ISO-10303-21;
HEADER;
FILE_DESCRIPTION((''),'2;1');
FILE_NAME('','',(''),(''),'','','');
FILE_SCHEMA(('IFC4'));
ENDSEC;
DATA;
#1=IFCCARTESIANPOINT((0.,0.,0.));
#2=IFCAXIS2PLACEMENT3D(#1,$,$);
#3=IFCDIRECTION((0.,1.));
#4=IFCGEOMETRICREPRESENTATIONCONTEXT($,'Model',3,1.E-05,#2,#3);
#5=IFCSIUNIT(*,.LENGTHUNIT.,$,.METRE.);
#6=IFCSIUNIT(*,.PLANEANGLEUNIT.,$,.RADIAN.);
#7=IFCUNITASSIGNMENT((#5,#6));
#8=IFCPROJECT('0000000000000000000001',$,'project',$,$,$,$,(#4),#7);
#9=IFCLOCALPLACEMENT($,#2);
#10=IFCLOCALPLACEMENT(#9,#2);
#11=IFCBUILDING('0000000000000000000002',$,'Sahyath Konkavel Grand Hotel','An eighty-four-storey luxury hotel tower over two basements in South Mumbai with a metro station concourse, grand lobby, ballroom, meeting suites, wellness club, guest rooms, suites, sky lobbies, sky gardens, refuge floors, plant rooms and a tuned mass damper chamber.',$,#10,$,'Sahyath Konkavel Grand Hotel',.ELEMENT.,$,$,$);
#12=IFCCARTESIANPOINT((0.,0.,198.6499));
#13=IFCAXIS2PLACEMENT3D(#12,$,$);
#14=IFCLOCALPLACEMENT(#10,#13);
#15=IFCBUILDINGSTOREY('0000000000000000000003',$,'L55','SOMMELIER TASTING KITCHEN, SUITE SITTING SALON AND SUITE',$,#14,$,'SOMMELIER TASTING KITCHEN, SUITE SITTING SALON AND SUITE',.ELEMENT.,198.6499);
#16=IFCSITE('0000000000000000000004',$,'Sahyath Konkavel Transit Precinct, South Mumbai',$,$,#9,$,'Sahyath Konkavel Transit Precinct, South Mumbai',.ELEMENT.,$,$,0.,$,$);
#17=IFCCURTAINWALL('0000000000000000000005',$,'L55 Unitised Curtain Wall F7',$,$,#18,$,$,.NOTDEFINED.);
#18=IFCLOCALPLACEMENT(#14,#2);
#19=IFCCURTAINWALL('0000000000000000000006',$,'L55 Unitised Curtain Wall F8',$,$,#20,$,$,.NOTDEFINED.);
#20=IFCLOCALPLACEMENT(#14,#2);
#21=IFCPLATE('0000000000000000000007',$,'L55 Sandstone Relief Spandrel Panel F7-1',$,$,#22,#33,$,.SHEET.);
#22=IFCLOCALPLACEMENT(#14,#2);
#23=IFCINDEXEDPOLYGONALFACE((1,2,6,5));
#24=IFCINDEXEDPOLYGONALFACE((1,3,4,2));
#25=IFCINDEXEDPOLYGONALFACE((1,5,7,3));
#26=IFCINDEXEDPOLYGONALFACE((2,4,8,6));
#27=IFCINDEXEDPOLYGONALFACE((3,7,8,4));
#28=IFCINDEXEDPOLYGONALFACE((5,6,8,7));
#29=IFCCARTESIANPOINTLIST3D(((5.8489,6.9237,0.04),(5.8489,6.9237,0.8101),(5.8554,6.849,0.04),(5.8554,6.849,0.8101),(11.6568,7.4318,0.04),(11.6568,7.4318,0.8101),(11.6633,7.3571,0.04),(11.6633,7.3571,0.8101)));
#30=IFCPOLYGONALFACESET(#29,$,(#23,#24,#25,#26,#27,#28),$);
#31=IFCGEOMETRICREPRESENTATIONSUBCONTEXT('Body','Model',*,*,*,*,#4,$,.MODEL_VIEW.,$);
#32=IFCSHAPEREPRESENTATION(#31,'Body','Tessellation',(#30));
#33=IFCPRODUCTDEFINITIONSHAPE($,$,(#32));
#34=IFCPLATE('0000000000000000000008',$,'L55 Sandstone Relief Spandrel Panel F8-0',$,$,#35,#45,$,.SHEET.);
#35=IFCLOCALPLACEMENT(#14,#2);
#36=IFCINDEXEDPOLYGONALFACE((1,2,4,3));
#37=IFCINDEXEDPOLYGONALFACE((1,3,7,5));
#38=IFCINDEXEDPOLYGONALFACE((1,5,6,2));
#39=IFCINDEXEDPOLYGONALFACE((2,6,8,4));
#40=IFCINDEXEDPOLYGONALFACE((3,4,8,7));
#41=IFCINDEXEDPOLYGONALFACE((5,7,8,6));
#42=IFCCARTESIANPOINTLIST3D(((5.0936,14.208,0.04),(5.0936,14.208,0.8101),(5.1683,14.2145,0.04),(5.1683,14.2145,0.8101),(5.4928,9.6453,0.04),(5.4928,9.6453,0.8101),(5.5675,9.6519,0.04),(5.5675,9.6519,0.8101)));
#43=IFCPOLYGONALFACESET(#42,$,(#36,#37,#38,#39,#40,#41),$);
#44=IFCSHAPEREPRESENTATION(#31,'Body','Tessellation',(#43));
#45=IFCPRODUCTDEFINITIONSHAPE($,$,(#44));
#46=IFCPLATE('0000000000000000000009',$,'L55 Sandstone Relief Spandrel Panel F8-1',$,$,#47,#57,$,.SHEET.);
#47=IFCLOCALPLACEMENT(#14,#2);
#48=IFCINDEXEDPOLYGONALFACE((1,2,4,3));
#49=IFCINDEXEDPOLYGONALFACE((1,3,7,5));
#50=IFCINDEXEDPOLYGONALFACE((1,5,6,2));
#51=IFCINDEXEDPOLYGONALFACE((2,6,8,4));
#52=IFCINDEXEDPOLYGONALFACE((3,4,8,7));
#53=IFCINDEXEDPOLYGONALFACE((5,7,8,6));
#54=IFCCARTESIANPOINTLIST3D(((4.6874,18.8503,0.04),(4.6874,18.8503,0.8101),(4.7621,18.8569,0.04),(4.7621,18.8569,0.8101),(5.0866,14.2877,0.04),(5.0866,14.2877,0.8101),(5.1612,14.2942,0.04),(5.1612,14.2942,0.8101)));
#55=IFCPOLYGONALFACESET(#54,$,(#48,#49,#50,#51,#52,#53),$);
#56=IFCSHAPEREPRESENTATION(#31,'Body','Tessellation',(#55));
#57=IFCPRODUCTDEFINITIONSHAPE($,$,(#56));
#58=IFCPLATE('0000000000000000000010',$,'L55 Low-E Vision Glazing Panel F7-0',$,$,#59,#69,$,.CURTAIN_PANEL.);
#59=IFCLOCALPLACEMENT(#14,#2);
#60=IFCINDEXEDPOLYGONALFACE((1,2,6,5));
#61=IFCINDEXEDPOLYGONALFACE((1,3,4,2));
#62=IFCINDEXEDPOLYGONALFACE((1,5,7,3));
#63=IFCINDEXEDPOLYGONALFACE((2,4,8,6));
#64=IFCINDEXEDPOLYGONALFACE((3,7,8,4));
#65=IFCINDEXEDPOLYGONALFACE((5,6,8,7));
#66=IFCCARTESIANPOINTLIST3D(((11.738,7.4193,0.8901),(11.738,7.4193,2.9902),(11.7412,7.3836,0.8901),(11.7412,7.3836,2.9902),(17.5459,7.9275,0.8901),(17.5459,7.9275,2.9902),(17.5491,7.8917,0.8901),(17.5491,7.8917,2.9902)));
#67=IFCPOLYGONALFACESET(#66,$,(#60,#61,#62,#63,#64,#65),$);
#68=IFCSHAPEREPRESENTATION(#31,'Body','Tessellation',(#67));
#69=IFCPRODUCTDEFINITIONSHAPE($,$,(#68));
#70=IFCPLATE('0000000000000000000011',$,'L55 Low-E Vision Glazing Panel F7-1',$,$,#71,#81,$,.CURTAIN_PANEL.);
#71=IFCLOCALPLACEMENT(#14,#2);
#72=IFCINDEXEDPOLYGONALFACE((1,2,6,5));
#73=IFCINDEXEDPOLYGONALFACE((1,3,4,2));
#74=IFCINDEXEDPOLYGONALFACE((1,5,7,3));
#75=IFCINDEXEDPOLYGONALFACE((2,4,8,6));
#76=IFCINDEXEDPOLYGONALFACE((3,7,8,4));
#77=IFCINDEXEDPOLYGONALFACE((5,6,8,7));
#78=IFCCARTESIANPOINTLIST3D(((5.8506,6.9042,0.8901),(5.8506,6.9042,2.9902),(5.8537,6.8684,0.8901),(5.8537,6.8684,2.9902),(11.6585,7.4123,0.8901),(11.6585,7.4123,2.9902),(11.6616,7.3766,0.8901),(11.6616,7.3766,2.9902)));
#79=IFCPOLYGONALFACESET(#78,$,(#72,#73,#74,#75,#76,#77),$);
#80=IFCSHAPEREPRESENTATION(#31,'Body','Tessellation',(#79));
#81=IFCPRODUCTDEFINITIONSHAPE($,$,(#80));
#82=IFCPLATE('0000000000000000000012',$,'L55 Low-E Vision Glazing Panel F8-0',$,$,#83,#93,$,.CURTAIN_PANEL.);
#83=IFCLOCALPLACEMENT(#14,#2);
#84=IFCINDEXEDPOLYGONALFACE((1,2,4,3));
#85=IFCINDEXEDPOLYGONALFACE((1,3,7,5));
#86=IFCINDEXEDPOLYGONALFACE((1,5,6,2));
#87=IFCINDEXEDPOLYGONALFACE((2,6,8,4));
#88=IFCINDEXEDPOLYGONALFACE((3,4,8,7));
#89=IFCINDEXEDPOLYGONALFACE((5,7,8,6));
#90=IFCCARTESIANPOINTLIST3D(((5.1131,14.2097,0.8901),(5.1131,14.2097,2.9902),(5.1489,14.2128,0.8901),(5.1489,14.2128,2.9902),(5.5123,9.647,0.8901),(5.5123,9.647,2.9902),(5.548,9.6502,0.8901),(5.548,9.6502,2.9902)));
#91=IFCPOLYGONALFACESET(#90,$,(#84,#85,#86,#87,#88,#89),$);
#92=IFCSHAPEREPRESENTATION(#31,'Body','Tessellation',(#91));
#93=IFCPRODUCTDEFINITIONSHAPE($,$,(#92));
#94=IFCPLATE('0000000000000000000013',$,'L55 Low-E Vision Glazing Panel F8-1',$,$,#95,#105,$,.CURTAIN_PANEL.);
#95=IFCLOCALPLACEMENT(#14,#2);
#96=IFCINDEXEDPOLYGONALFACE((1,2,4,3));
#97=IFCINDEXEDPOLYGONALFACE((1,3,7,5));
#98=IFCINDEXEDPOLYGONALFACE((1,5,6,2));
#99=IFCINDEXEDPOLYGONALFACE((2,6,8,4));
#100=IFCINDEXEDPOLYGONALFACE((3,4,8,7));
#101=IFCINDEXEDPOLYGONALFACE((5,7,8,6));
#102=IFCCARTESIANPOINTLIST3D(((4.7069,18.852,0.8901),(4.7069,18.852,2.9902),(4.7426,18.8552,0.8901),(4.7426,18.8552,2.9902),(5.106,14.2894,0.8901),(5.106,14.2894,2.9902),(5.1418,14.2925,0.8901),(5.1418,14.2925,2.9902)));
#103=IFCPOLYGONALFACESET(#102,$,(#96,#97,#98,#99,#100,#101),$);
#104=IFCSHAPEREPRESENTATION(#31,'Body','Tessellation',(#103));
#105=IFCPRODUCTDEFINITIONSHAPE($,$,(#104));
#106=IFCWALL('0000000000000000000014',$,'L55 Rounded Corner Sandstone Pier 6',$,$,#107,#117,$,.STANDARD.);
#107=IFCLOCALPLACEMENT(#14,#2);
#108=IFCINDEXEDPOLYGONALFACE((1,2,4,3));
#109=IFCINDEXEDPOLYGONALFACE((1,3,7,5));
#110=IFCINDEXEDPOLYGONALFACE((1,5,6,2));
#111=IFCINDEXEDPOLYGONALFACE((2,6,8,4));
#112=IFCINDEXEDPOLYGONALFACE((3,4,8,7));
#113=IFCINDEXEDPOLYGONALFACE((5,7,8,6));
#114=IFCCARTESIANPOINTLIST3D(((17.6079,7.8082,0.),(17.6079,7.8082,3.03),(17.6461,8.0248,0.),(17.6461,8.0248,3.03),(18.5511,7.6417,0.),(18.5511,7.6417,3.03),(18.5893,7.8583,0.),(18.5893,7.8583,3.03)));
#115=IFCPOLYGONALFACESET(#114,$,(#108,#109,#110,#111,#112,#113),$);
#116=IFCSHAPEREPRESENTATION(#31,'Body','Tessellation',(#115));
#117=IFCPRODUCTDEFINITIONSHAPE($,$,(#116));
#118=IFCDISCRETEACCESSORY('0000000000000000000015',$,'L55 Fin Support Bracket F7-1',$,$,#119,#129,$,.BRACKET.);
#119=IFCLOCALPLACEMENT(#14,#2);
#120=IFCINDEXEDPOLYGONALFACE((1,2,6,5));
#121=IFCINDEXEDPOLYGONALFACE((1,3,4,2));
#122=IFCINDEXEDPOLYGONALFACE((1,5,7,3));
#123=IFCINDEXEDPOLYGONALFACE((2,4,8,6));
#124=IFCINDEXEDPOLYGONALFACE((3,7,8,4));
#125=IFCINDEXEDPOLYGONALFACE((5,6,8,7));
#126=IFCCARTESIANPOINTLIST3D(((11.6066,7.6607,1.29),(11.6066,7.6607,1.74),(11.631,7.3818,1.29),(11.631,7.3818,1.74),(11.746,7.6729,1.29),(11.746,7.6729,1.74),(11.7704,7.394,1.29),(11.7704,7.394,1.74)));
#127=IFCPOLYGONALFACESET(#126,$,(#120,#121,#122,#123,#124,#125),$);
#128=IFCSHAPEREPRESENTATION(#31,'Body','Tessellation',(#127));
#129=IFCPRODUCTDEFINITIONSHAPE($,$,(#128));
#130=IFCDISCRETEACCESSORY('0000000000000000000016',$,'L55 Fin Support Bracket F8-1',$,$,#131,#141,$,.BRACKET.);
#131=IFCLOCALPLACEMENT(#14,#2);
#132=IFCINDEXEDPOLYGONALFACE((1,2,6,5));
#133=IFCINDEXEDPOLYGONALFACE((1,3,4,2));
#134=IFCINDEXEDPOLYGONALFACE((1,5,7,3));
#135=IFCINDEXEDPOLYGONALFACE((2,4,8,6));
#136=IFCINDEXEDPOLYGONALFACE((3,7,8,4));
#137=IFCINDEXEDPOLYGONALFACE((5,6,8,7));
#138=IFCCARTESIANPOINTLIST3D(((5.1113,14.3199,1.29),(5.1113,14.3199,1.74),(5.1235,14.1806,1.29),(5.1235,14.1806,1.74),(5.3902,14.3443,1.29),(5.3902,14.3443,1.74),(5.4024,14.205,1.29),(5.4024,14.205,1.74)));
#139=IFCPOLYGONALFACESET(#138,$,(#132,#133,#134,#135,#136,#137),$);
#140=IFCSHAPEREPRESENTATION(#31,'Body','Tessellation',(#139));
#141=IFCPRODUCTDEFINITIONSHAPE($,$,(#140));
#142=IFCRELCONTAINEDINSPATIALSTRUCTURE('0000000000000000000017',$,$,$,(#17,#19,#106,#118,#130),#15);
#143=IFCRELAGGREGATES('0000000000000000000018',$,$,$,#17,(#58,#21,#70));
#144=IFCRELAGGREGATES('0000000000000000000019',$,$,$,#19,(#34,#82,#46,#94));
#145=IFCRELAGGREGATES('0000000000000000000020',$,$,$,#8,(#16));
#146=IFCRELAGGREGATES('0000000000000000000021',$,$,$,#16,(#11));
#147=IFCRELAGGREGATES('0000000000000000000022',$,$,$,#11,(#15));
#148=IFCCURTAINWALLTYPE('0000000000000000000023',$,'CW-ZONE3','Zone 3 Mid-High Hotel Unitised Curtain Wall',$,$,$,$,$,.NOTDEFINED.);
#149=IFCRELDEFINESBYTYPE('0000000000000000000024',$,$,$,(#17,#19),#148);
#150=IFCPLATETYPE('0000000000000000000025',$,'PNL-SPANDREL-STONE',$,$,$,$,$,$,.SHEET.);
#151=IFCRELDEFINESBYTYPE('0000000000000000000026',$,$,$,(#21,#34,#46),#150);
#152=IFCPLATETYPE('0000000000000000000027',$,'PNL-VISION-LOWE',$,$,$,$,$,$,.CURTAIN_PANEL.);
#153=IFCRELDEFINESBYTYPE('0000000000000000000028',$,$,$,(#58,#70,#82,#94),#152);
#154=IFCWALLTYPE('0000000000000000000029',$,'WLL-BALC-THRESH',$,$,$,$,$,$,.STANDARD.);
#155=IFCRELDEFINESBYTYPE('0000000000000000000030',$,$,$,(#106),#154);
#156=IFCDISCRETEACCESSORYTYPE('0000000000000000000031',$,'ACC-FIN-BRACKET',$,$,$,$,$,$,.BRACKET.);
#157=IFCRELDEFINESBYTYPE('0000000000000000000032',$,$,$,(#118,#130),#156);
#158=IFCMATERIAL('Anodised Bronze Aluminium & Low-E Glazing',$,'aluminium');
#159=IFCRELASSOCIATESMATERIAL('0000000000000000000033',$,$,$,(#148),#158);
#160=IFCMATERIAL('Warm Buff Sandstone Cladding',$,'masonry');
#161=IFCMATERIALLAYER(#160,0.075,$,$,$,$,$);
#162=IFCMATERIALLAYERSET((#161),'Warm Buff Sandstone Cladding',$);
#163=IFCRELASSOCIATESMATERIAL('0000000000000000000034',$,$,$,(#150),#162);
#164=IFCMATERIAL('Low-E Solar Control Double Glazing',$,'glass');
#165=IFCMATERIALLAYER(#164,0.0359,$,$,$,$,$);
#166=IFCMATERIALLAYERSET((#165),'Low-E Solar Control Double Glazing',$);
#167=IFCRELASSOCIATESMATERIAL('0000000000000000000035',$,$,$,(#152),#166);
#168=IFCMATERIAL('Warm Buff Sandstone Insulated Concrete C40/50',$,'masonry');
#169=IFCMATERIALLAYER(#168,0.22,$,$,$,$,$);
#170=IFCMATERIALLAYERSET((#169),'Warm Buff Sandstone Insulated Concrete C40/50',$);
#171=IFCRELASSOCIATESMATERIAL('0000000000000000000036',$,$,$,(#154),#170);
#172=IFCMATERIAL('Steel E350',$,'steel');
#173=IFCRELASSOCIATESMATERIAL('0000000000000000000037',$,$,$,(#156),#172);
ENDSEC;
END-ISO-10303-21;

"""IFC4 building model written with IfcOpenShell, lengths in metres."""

from ifc_helpers import new_model, si_unit, direction, frame, frame_2d, origin, origin_2d, place, context, subcontext, project, spatial, rectangle, extrude, source, transform, mapped, material, layer, layer_set, type_object, element, aggregate, save


model = new_model("IFC4")

# Units and contexts
model_context = context("Model", 3, precision=1e-05, world=origin(), true_north=direction((0.0, 1.0)))
body_context = subcontext(model_context, "Body", "Model", "MODEL_VIEW")
ifc_project = project(units=[si_unit("LENGTHUNIT", "METRE"), si_unit("PLANEANGLEUNIT", "RADIAN")], contexts=[model_context])

# Site, building, storey
site_placement = place(None, origin())
site = spatial("IfcSite", under=ifc_project, at=site_placement, Name="Sahyath Konkavel Transit Precinct, South Mumbai", LongName="Sahyath Konkavel Transit Precinct, South Mumbai", CompositionType="ELEMENT", RefElevation=0.0)
building_placement = place(site_placement, origin())
building = spatial("IfcBuilding", under=site, at=building_placement, Name="Sahyath Konkavel Grand Hotel", Description="An eighty-four-storey luxury hotel tower over two basements in South Mumbai with a metro station concourse, grand lobby, ballroom, meeting suites, wellness club, guest rooms, suites, sky lobbies, sky gardens, refuge floors, plant rooms and a tuned mass damper chamber.", LongName="Sahyath Konkavel Grand Hotel", CompositionType="ELEMENT")
storey_placement = place(building_placement, frame((0.0, 0.0, 198.6499)))
storey = spatial("IfcBuildingStorey", under=building, at=storey_placement, Name="L55", Description="SOMMELIER TASTING KITCHEN, SUITE SITTING SALON AND SUITE", LongName="SOMMELIER TASTING KITCHEN, SUITE SITTING SALON AND SUITE", CompositionType="ELEMENT", Elevation=198.6499)

# Curtain walls
ifc_material_1 = material(Name="Anodised Bronze Aluminium & Low-E Glazing", Category="aluminium")
curtain_wall_type = type_object("IfcCurtainWallType", Name="CW-ZONE3", Description="Zone 3 Mid-High Hotel Unitised Curtain Wall", PredefinedType="NOTDEFINED", material=ifc_material_1)
curtain_wall_1_placement = place(storey_placement, origin())
curtain_wall_1 = element("IfcCurtainWall", 1, at=curtain_wall_1_placement, inside=storey, type_object=curtain_wall_type, Name="L55 Unitised Curtain Wall F7", PredefinedType="NOTDEFINED")
curtain_wall_2_placement = place(storey_placement, origin())
curtain_wall_2 = element("IfcCurtainWall", 2, at=curtain_wall_2_placement, inside=storey, type_object=curtain_wall_type, Name="L55 Unitised Curtain Wall F8", PredefinedType="NOTDEFINED")

# Plates
ifc_material_2 = material(Name="Warm Buff Sandstone Cladding", Category="masonry")
ifc_layer_1 = layer(ifc_material_2, 0.075)
ifc_layer_set_1 = layer_set([ifc_layer_1], Name="Warm Buff Sandstone Cladding")
plate_type_1 = type_object("IfcPlateType", Name="PNL-SPANDREL-STONE", PredefinedType="SHEET", material=ifc_layer_set_1)
shared_shape_1 = source(origin(), body_context, "Body", "SweptSolid", [
    extrude(rectangle(XDim=5.8301, YDim=0.075, at=origin_2d()), origin(), (0.0, 0.0, 1.0), 0.77),
])
plate_1_placement = place(storey_placement, frame((8.7561, 7.1404, 0.04), z_axis=(0.0, 0.0, 1.0), x_axis=(-0.996195, -0.087156, 0.0)))
plate_1 = element("IfcPlate", 3, at=plate_1_placement, type_object=plate_type_1, Name="L55 Sandstone Relief Spandrel Panel F7-1", PredefinedType="SHEET", context=body_context, shape_type="MappedRepresentation", body=[
    mapped(shared_shape_1, transform((0.0, 0.0, 0.0), scale=1.0)),
])
shared_shape_2 = source(origin(), body_context, "Body", "SweptSolid", [
    extrude(rectangle(XDim=4.5801, YDim=0.075, at=origin_2d()), origin(), (0.0, 0.0, 1.0), 0.77),
])
plate_2_placement = place(storey_placement, frame((5.3306, 11.9299, 0.04), z_axis=(0.0, 0.0, 1.0), x_axis=(-0.087156, 0.996195, 0.0)))
plate_2 = element("IfcPlate", 4, at=plate_2_placement, type_object=plate_type_1, Name="L55 Sandstone Relief Spandrel Panel F8-0", PredefinedType="SHEET", context=body_context, shape_type="MappedRepresentation", body=[
    mapped(shared_shape_2, transform((0.0, 0.0, 0.0), scale=1.0)),
])
plate_3_placement = place(storey_placement, frame((4.9243, 16.5723, 0.04), z_axis=(0.0, 0.0, 1.0), x_axis=(-0.087156, 0.996195, 0.0)))
plate_3 = element("IfcPlate", 5, at=plate_3_placement, type_object=plate_type_1, Name="L55 Sandstone Relief Spandrel Panel F8-1", PredefinedType="SHEET", context=body_context, shape_type="MappedRepresentation", body=[
    mapped(shared_shape_2, transform((0.0, 0.0, 0.0), scale=1.0)),
])
ifc_material_3 = material(Name="Low-E Solar Control Double Glazing", Category="glass")
ifc_layer_2 = layer(ifc_material_3, 0.0359)
ifc_layer_set_2 = layer_set([ifc_layer_2], Name="Low-E Solar Control Double Glazing")
plate_type_2 = type_object("IfcPlateType", Name="PNL-VISION-LOWE", PredefinedType="CURTAIN_PANEL", material=ifc_layer_set_2)
shared_shape_3 = source(origin(), body_context, "Body", "SweptSolid", [
    extrude(rectangle(XDim=5.8301, YDim=0.0359, at=origin_2d()), origin(), (0.0, 0.0, 1.0), 2.1001),
])
plate_4_placement = place(storey_placement, frame((14.6436, 7.6555, 0.8901), z_axis=(0.0, 0.0, 1.0), x_axis=(-0.996195, -0.087156, 0.0)))
plate_4 = element("IfcPlate", 6, at=plate_4_placement, type_object=plate_type_2, Name="L55 Low-E Vision Glazing Panel F7-0", PredefinedType="CURTAIN_PANEL", context=body_context, shape_type="MappedRepresentation", body=[
    mapped(shared_shape_3, transform((0.0, 0.0, 0.0), scale=1.0)),
])
plate_5_placement = place(storey_placement, frame((8.7561, 7.1404, 0.8901), z_axis=(0.0, 0.0, 1.0), x_axis=(-0.996195, -0.087156, 0.0)))
plate_5 = element("IfcPlate", 7, at=plate_5_placement, type_object=plate_type_2, Name="L55 Low-E Vision Glazing Panel F7-1", PredefinedType="CURTAIN_PANEL", context=body_context, shape_type="MappedRepresentation", body=[
    mapped(shared_shape_3, transform((0.0, 0.0, 0.0), scale=1.0)),
])
aggregate(curtain_wall_1, [plate_4, plate_1, plate_5])
shared_shape_4 = source(origin(), body_context, "Body", "SweptSolid", [
    extrude(rectangle(XDim=4.5801, YDim=0.0359, at=origin_2d()), origin(), (0.0, 0.0, 1.0), 2.1001),
])
plate_6_placement = place(storey_placement, frame((5.3306, 11.9299, 0.8901), z_axis=(0.0, 0.0, 1.0), x_axis=(-0.087156, 0.996195, 0.0)))
plate_6 = element("IfcPlate", 8, at=plate_6_placement, type_object=plate_type_2, Name="L55 Low-E Vision Glazing Panel F8-0", PredefinedType="CURTAIN_PANEL", context=body_context, shape_type="MappedRepresentation", body=[
    mapped(shared_shape_4, transform((0.0, 0.0, 0.0), scale=1.0)),
])
plate_7_placement = place(storey_placement, frame((4.9243, 16.5723, 0.8901), z_axis=(0.0, 0.0, 1.0), x_axis=(-0.087156, 0.996195, 0.0)))
plate_7 = element("IfcPlate", 9, at=plate_7_placement, type_object=plate_type_2, Name="L55 Low-E Vision Glazing Panel F8-1", PredefinedType="CURTAIN_PANEL", context=body_context, shape_type="MappedRepresentation", body=[
    mapped(shared_shape_4, transform((0.0, 0.0, 0.0), scale=1.0)),
])
aggregate(curtain_wall_2, [plate_2, plate_6, plate_3, plate_7])

# Wall
ifc_material_4 = material(Name="Warm Buff Sandstone Insulated Concrete C40/50", Category="masonry")
ifc_layer_3 = layer(ifc_material_4, 0.22)
ifc_layer_set_3 = layer_set([ifc_layer_3], Name="Warm Buff Sandstone Insulated Concrete C40/50")
wall_type = type_object("IfcWallType", Name="WLL-BALC-THRESH", PredefinedType="STANDARD", material=ifc_layer_set_3)
wall_placement = place(storey_placement, frame((18.5703, 7.75, 0.0), z_axis=(0.0, 0.0, 1.0), x_axis=(-0.984771, 0.173858, 0.0)))
element("IfcWall", 10, at=wall_placement, inside=storey, type_object=wall_type, Name="L55 Rounded Corner Sandstone Pier 6", PredefinedType="STANDARD", context=body_context, shape_type="SweptSolid", body=[
    extrude(rectangle(XDim=0.9578, YDim=0.22, at=frame_2d((0.479, 0.0))), origin(), (0.0, 0.0, 1.0), 3.03),
])

# Discrete accessories
ifc_material_5 = material(Name="Steel E350", Category="steel")
discrete_accessory_type = type_object("IfcDiscreteAccessoryType", Name="ACC-FIN-BRACKET", PredefinedType="BRACKET", material=ifc_material_5)
shared_shape_5 = source(origin(), body_context, "Body", "SweptSolid", [
    extrude(rectangle(XDim=0.28, YDim=0.1399, at=origin_2d()), origin(), (0.0, 0.0, 1.0), 0.45),
])
for number, where, z_axis, x_axis, name in (
    (11, (11.6885, 7.5273, 1.29), (0.0, 0.0, 1.0), (-0.087156, 0.996195, 0.0), "L55 Fin Support Bracket F7-1"),
    (12, (5.2568, 14.2625, 1.29), (0.0, 0.0, 1.0), (0.996195, 0.087156, 0.0), "L55 Fin Support Bracket F8-1"),
):
    element("IfcDiscreteAccessory", number, at=place(storey_placement, frame(where, z_axis=z_axis, x_axis=x_axis)), inside=storey, type_object=discrete_accessory_type, Name=name, PredefinedType="BRACKET", context=body_context, shape_type="MappedRepresentation", body=[
        mapped(shared_shape_5, transform((0.0, 0.0, 0.0), scale=1.0)),
    ])

save(model, "model.ifc")
